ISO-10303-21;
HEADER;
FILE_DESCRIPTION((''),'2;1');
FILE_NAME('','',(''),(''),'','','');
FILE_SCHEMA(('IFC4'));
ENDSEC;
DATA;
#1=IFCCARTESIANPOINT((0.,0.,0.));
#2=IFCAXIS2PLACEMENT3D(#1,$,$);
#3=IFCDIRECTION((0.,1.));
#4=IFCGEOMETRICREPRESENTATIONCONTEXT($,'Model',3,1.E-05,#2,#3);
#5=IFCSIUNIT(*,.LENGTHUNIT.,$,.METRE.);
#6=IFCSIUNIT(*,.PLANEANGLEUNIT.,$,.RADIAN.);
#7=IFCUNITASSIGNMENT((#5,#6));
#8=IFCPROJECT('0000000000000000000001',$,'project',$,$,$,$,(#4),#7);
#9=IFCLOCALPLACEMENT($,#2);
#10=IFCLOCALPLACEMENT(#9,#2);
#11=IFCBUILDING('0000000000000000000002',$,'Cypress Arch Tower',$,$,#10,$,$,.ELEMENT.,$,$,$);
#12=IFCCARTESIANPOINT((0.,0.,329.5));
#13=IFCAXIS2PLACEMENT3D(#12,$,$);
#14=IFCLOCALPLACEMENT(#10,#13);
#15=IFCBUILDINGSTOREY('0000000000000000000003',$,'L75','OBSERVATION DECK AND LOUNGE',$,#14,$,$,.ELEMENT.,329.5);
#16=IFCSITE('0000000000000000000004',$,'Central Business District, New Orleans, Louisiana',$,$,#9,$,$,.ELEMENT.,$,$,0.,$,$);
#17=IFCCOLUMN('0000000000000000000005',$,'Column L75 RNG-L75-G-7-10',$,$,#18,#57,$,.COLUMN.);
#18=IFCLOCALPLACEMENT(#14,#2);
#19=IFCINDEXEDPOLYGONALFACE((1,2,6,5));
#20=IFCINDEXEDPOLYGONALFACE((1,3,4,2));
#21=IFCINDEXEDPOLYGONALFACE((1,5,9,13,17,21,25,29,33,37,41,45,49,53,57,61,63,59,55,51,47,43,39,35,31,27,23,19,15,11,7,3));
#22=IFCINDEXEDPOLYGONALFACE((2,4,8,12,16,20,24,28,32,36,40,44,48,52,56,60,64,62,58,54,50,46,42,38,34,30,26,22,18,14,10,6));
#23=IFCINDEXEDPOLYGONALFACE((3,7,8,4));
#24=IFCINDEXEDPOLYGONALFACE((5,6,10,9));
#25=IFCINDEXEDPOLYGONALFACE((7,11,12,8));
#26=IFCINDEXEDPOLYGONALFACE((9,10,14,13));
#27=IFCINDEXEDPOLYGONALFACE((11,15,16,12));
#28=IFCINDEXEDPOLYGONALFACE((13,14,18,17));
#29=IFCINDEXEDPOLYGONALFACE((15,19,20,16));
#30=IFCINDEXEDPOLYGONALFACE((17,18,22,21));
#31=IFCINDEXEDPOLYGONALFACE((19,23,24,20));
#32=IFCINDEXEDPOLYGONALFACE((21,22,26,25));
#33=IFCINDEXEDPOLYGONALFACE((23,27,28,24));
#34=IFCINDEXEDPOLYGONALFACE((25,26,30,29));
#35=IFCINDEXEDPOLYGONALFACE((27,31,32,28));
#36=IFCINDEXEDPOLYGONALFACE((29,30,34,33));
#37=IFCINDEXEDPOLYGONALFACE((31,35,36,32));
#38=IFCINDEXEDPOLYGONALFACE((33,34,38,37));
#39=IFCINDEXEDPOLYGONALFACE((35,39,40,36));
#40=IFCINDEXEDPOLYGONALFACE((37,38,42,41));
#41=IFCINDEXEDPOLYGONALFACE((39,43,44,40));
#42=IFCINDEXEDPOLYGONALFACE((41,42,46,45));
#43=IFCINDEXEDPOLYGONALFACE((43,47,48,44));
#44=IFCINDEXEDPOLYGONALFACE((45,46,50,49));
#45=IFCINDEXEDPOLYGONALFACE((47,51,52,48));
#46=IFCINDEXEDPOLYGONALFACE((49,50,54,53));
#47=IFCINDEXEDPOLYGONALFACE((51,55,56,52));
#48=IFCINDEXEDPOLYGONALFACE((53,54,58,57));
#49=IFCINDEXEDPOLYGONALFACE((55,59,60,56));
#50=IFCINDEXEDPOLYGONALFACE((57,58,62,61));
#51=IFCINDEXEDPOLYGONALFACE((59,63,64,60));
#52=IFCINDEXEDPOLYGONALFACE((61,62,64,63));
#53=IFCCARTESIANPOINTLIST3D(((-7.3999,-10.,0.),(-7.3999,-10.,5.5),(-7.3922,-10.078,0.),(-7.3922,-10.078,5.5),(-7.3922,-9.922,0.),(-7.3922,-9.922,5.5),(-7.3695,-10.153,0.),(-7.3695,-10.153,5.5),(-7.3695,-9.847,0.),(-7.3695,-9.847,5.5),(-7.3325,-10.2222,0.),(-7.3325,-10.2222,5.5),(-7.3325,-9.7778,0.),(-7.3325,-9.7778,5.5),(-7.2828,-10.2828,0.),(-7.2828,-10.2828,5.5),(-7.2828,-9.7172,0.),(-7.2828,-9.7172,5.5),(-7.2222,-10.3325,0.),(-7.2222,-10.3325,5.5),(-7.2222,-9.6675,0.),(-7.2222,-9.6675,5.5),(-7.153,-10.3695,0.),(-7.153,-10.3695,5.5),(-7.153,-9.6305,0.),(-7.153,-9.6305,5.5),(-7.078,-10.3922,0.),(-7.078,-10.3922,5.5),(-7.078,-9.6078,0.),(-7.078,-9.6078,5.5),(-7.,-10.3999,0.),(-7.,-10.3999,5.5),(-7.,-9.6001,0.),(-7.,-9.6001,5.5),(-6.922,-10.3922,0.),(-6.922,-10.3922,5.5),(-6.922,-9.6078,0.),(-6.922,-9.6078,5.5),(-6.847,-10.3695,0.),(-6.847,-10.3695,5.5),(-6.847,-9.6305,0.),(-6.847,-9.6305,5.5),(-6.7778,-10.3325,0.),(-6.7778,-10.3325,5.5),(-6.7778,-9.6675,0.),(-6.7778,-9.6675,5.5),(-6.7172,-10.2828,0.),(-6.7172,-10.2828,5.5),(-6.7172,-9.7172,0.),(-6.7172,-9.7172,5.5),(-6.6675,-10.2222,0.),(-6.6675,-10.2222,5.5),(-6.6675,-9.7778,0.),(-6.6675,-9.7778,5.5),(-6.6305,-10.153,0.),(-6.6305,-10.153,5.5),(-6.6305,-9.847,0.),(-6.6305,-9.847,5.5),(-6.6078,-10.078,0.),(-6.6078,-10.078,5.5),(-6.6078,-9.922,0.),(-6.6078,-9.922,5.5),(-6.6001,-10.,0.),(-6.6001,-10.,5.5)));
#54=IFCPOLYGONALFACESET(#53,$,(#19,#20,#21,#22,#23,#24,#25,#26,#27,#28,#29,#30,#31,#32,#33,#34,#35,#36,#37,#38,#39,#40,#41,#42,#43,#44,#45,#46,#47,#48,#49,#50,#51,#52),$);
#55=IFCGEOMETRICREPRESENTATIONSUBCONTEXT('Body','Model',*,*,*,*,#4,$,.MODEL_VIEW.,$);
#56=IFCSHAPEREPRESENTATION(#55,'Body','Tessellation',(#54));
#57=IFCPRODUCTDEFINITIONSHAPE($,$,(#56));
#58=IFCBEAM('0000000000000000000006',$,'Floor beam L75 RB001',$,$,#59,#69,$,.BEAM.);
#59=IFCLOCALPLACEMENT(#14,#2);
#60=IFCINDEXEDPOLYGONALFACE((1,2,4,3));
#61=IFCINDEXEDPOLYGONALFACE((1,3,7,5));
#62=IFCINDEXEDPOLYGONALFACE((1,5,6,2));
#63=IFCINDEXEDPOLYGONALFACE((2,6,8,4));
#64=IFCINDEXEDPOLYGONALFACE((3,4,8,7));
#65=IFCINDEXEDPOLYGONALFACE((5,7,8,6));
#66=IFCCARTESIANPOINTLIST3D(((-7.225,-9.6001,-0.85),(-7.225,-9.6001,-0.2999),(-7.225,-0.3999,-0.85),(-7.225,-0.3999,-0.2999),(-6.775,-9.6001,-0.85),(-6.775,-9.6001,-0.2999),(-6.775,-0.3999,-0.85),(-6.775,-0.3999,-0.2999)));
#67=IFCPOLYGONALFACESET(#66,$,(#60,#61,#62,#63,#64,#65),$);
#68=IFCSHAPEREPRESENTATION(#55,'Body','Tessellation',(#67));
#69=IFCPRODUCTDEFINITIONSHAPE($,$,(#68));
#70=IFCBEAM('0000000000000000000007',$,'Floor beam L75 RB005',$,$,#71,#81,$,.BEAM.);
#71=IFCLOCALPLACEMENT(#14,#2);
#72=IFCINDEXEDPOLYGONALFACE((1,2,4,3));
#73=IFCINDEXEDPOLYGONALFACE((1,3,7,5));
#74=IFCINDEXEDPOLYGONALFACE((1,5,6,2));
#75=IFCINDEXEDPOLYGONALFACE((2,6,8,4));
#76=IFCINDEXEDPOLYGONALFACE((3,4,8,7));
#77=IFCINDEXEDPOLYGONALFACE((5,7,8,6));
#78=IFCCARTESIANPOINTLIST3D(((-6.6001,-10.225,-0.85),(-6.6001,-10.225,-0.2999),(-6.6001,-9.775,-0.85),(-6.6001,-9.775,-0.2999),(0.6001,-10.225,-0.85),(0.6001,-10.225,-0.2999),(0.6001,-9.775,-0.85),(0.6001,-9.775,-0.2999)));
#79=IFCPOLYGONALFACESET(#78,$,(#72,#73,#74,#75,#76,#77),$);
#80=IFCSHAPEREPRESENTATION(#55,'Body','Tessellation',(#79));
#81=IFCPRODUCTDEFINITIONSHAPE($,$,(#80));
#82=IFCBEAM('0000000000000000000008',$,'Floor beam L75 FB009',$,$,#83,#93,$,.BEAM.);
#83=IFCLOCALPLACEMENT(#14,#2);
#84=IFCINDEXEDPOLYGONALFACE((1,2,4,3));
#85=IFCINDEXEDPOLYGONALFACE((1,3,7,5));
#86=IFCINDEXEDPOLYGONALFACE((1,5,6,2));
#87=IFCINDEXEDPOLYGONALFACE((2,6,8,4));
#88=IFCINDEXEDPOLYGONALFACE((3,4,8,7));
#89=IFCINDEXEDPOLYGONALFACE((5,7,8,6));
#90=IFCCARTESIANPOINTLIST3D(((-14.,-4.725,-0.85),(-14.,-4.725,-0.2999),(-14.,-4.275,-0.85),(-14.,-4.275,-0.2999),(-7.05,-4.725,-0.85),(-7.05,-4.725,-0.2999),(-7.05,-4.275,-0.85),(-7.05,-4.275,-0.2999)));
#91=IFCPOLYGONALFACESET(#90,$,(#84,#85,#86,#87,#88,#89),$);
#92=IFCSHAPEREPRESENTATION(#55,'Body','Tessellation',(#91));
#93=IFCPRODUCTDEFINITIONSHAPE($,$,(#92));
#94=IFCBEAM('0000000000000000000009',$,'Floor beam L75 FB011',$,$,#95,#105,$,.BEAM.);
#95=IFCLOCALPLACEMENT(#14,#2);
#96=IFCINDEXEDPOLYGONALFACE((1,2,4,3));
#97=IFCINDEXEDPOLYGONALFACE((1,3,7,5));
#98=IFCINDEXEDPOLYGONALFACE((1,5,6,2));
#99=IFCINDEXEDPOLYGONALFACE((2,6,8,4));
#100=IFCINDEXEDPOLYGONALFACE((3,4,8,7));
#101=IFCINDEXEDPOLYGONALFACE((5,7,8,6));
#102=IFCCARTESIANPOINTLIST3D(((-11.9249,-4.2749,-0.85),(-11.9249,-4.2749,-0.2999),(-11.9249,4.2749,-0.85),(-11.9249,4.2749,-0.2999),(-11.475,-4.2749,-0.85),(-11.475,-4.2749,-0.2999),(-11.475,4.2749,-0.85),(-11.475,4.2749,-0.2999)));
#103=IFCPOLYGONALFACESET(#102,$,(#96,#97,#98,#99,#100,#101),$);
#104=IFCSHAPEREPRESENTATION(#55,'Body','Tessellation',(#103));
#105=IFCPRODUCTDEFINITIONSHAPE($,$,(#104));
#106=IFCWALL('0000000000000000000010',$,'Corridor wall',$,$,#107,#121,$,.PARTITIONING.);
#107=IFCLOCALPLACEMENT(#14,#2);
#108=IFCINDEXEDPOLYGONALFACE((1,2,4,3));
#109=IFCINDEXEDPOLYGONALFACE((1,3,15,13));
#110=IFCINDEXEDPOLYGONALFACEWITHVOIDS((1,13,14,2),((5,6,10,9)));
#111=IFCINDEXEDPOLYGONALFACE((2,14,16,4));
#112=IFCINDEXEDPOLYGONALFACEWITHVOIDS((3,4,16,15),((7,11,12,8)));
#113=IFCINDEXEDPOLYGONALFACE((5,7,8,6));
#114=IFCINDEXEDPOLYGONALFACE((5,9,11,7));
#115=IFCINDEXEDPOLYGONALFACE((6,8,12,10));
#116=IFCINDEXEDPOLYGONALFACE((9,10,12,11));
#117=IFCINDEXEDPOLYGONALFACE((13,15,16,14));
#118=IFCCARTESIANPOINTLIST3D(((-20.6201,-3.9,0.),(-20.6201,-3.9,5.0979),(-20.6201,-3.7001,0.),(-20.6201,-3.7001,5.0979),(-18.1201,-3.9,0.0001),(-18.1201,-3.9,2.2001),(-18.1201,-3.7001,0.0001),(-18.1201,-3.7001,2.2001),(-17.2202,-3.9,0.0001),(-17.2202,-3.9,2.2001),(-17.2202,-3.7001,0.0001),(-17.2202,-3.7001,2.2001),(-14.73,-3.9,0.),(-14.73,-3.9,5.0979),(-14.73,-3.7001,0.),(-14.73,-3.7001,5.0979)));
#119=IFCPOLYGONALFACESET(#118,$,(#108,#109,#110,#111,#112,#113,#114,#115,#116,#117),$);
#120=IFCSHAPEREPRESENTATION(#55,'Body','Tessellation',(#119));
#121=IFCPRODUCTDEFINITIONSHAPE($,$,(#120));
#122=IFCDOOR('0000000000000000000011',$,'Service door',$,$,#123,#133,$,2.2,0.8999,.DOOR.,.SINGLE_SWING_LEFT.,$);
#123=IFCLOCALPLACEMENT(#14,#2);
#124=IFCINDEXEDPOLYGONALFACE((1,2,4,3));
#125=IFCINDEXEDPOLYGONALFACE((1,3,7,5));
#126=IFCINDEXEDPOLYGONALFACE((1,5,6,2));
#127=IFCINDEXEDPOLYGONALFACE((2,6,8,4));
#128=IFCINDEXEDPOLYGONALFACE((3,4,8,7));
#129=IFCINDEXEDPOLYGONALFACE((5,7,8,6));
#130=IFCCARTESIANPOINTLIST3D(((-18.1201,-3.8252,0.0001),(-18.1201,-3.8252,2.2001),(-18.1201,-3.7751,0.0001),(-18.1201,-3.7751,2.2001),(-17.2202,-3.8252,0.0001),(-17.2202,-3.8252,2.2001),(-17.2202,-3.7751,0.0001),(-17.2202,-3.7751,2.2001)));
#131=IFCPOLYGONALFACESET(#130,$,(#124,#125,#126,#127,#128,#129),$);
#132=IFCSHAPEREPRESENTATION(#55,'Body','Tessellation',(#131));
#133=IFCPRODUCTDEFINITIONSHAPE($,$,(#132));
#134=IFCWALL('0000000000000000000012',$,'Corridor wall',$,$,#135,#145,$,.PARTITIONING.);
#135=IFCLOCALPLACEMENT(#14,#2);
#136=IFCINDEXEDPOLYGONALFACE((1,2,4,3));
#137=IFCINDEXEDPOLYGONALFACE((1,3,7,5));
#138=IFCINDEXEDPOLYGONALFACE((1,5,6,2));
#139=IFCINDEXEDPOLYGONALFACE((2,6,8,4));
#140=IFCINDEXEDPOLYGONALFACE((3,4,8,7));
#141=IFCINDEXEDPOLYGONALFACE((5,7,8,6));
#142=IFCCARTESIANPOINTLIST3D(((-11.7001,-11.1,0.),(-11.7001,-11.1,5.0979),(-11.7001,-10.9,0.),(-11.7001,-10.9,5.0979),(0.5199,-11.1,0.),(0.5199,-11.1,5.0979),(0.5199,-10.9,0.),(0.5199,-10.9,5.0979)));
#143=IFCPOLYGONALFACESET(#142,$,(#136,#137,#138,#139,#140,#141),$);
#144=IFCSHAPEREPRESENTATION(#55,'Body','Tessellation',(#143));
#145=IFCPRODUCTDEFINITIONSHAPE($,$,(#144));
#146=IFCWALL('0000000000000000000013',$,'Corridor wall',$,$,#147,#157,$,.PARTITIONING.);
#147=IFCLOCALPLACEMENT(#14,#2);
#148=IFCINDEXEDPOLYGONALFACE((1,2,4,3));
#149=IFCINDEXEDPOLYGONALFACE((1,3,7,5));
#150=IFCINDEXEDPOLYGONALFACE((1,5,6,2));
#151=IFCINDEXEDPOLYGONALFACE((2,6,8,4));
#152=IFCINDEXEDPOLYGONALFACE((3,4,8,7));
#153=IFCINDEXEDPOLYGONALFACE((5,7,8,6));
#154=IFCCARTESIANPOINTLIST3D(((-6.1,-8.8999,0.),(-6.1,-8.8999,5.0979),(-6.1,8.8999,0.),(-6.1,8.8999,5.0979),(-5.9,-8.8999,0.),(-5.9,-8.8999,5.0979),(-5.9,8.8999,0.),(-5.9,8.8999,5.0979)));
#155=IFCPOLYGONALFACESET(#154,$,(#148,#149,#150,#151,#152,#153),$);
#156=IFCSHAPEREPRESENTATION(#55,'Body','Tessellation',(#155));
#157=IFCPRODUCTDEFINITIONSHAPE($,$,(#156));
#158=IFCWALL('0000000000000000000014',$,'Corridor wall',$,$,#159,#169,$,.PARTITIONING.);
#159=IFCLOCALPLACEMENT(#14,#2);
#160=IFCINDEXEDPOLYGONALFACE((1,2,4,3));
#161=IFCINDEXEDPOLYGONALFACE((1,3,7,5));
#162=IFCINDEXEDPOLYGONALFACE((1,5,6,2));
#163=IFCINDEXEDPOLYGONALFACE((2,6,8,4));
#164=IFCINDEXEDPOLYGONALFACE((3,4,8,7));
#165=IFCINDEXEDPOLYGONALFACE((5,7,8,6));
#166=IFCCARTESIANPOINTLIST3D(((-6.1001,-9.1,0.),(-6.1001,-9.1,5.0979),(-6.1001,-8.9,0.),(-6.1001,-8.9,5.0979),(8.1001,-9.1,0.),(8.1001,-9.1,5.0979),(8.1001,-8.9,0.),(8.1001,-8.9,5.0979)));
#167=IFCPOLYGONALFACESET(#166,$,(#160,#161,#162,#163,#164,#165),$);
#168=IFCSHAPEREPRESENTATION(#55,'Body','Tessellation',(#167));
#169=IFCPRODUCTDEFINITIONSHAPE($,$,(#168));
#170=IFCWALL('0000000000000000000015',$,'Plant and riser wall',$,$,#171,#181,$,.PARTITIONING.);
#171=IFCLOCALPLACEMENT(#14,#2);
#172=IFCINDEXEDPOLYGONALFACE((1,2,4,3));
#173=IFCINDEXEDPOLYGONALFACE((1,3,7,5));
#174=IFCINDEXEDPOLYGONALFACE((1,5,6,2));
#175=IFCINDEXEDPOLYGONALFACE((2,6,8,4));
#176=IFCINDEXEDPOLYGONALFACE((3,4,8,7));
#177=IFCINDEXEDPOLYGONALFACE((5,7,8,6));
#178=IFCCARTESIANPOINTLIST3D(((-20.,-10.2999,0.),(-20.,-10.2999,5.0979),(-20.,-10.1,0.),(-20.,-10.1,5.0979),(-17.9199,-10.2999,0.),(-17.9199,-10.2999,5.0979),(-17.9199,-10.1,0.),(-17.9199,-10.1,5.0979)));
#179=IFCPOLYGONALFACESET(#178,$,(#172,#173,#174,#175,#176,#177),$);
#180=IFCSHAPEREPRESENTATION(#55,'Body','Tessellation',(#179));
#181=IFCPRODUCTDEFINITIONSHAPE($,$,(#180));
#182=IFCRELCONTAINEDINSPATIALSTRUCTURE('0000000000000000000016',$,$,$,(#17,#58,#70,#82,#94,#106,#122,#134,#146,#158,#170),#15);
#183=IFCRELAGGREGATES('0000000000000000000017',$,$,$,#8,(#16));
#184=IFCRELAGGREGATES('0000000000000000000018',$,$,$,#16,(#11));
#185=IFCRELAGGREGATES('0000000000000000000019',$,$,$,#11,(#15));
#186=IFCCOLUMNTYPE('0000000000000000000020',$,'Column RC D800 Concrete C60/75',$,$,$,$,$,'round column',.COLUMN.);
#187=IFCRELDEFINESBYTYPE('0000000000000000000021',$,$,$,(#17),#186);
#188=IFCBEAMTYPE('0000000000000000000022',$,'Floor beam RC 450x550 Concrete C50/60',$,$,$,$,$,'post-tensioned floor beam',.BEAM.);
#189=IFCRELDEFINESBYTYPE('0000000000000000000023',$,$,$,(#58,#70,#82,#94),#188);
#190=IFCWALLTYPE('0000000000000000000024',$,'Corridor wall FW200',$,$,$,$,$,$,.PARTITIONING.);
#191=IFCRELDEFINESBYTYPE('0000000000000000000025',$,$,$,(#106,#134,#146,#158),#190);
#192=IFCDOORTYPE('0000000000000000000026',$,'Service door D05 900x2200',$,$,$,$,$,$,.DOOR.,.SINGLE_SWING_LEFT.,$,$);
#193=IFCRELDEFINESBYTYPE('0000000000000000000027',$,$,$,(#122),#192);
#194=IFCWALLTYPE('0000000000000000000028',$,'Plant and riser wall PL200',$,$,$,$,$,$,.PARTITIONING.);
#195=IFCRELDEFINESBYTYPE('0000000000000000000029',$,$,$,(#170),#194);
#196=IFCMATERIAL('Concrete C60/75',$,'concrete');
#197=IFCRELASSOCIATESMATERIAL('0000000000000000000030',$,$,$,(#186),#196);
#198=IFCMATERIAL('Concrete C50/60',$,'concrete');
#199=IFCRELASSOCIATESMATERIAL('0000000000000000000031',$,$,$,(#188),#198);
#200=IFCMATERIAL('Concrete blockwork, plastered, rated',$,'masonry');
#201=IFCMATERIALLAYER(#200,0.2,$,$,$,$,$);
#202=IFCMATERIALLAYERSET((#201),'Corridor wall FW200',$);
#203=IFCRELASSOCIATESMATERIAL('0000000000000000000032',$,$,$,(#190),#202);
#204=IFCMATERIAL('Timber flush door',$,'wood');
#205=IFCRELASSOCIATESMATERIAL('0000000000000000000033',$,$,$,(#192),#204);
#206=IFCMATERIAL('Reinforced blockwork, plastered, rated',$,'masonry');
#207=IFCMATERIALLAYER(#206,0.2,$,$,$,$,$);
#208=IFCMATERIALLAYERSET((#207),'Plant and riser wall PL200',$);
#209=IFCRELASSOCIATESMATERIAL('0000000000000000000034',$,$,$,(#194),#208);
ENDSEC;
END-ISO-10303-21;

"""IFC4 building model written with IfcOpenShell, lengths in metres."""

from ifc_helpers import new_model, si_unit, direction, frame, frame_2d, origin, origin_2d, place, context, subcontext, project, spatial, rectangle, circle, extrude, material, layer, layer_set, material_profile, profile_set, type_object, element, fill, save


model = new_model("IFC4")

# Units and contexts
model_context = context("Model", 3, precision=1e-05, world=origin(), true_north=direction((0.0, 1.0)))
body_context = subcontext(model_context, "Body", "Model", "MODEL_VIEW")
ifc_project = project(units=[si_unit("LENGTHUNIT", "METRE"), si_unit("PLANEANGLEUNIT", "RADIAN")], contexts=[model_context])

# Site, building, storey
site_placement = place(None, origin())
site = spatial("IfcSite", under=ifc_project, at=site_placement, Name="Central Business District, New Orleans, Louisiana", CompositionType="ELEMENT", RefElevation=0.0)
building_placement = place(site_placement, origin())
building = spatial("IfcBuilding", under=site, at=building_placement, Name="Cypress Arch Tower", CompositionType="ELEMENT")
storey_placement = place(building_placement, frame((0.0, 0.0, 329.5)))
storey = spatial("IfcBuildingStorey", under=building, at=storey_placement, Name="L75", Description="OBSERVATION DECK AND LOUNGE", CompositionType="ELEMENT", Elevation=329.5)

# Column
ifc_material_1 = material(Name="Concrete C60/75", Category="concrete")
ifc_material_profile_1 = material_profile(ifc_material_1, circle(Radius=0.3999, at=origin_2d()), Name="RC D800")
ifc_profile_set_1 = profile_set([ifc_material_profile_1], Name="Concrete C60/75")
column_type = type_object("IfcColumnType", Name="Column RC D800 Concrete C60/75", ElementType="round column", PredefinedType="COLUMN", material=ifc_profile_set_1)
column_placement = place(storey_placement, frame((-7.0, -10.0, 0.0), z_axis=(0.0, 0.0, 1.0), x_axis=(1.0, 0.0, 0.0)))
element("IfcColumn", 1, at=column_placement, inside=storey, type_object=column_type, Name="Column L75 RNG-L75-G-7-10", PredefinedType="COLUMN", context=body_context, shape_type="SweptSolid", body=[
    extrude(circle(Radius=0.3999, at=origin_2d()), origin(), (0.0, 0.0, 1.0), 5.5),
])

# Beams
ifc_material_2 = material(Name="Concrete C50/60", Category="concrete")
ifc_material_profile_2 = material_profile(ifc_material_2, rectangle(XDim=0.45, YDim=0.55, at=origin_2d()), Name="RC 450x550")
ifc_profile_set_2 = profile_set([ifc_material_profile_2], Name="Concrete C50/60")
beam_type = type_object("IfcBeamType", Name="Floor beam RC 450x550 Concrete C50/60", ElementType="post-tensioned floor beam", PredefinedType="BEAM", material=ifc_profile_set_2)
beam_1_placement = place(storey_placement, frame((-7.0, -9.6001, -0.575), z_axis=(0.0, 1.0, 0.0), x_axis=(-1.0, 0.0, 0.0)))
element("IfcBeam", 2, at=beam_1_placement, inside=storey, type_object=beam_type, Name="Floor beam L75 RB001", PredefinedType="BEAM", context=body_context, shape_type="SweptSolid", body=[
    extrude(rectangle(XDim=0.45, YDim=0.55, at=origin_2d()), origin(), (0.0, 0.0, 1.0), 9.2002),
])
beam_2_placement = place(storey_placement, frame((-6.6001, -10.0, -0.575), z_axis=(1.0, 0.0, 0.0), x_axis=(0.0, 1.0, 0.0)))
element("IfcBeam", 3, at=beam_2_placement, inside=storey, type_object=beam_type, Name="Floor beam L75 RB005", PredefinedType="BEAM", context=body_context, shape_type="SweptSolid", body=[
    extrude(rectangle(XDim=0.45, YDim=0.55, at=origin_2d()), origin(), (0.0, 0.0, 1.0), 7.2002),
])
beam_3_placement = place(storey_placement, frame((-14.0, -4.5, -0.575), z_axis=(1.0, 0.0, 0.0), x_axis=(0.0, 1.0, 0.0)))
element("IfcBeam", 4, at=beam_3_placement, inside=storey, type_object=beam_type, Name="Floor beam L75 FB009", PredefinedType="BEAM", context=body_context, shape_type="SweptSolid", body=[
    extrude(rectangle(XDim=0.45, YDim=0.55, at=origin_2d()), origin(), (0.0, 0.0, 1.0), 6.95),
])
beam_4_placement = place(storey_placement, frame((-11.7, -4.2749, -0.575), z_axis=(0.0, 1.0, 0.0), x_axis=(-1.0, 0.0, 0.0)))
element("IfcBeam", 5, at=beam_4_placement, inside=storey, type_object=beam_type, Name="Floor beam L75 FB011", PredefinedType="BEAM", context=body_context, shape_type="SweptSolid", body=[
    extrude(rectangle(XDim=0.45, YDim=0.55, at=origin_2d()), origin(), (0.0, 0.0, 1.0), 8.5498),
])

# Wall, opening, door
ifc_material_3 = material(Name="Concrete blockwork, plastered, rated", Category="masonry")
ifc_layer_1 = layer(ifc_material_3, 0.2)
ifc_layer_set_1 = layer_set([ifc_layer_1], Name="Corridor wall FW200")
wall_type_1 = type_object("IfcWallType", Name="Corridor wall FW200", PredefinedType="PARTITIONING", material=ifc_layer_set_1)
wall_1_placement = place(storey_placement, frame((-20.6201, -3.8, 0.0), z_axis=(0.0, 0.0, 1.0), x_axis=(1.0, 0.0, 0.0)))
wall_1 = element("IfcWall", 6, at=wall_1_placement, inside=storey, type_object=wall_type_1, Name="Corridor wall", PredefinedType="PARTITIONING", context=body_context, shape_type="SweptSolid", body=[
    extrude(rectangle(XDim=5.8901, YDim=0.2, at=frame_2d((2.9451, 0.0))), origin(), (0.0, 0.0, 1.0), 5.0979),
])
opening_1_placement = place(wall_1_placement, frame((2.5, 0.0, 0.0)))
opening_1 = element("IfcOpeningElement", 7, at=opening_1_placement, cuts=wall_1, PredefinedType="OPENING", context=body_context, shape_type="SweptSolid", body=[
    extrude(rectangle(XDim=0.8999, YDim=2.2, at=frame_2d((0.45, 1.1001))), frame((0.0, 0.1099, 0.0), z_axis=(0.0, -1.0, 0.0), x_axis=(1.0, 0.0, 0.0)), (0.0, 0.0, 1.0), 0.22),
])
ifc_material_4 = material(Name="Timber flush door", Category="wood")
door_type_1 = type_object("IfcDoorType", Name="Service door D05 900x2200", OperationType="SINGLE_SWING_LEFT", PredefinedType="DOOR", material=ifc_material_4)
door_1_placement = place(opening_1_placement, origin())
door_1 = element("IfcDoor", 8, at=door_1_placement, inside=storey, type_object=door_type_1, Name="Service door", OperationType="SINGLE_SWING_LEFT", OverallHeight=2.2, OverallWidth=0.8999, PredefinedType="DOOR", context=body_context, shape_type="SweptSolid", body=[
    extrude(rectangle(XDim=0.8999, YDim=2.2, at=frame_2d((0.45, 1.1001))), frame((0.0, 0.0249, 0.0), z_axis=(0.0, -1.0, 0.0), x_axis=(1.0, 0.0, 0.0)), (0.0, 0.0, 1.0), 0.05),
])
fill(opening_1, door_1)

# Walls
wall_2_placement = place(storey_placement, frame((-11.7, -11.0, 0.0), z_axis=(0.0, 0.0, 1.0), x_axis=(1.0, 0.0, 0.0)))
element("IfcWall", 9, at=wall_2_placement, inside=storey, type_object=wall_type_1, Name="Corridor wall", PredefinedType="PARTITIONING", context=body_context, shape_type="SweptSolid", body=[
    extrude(rectangle(XDim=12.22, YDim=0.2, at=frame_2d((6.1099, 0.0))), origin(), (0.0, 0.0, 1.0), 5.0979),
])
wall_3_placement = place(storey_placement, frame((-6.0, -8.8999, 0.0), z_axis=(0.0, 0.0, 1.0), x_axis=(0.0, 1.0, 0.0)))
element("IfcWall", 10, at=wall_3_placement, inside=storey, type_object=wall_type_1, Name="Corridor wall", PredefinedType="PARTITIONING", context=body_context, shape_type="SweptSolid", body=[
    extrude(rectangle(XDim=17.7998, YDim=0.2, at=frame_2d((8.8999, 0.0))), origin(), (0.0, 0.0, 1.0), 5.0979),
])
wall_4_placement = place(storey_placement, frame((-6.1001, -9.0, 0.0), z_axis=(0.0, 0.0, 1.0), x_axis=(1.0, 0.0, 0.0)))
element("IfcWall", 11, at=wall_4_placement, inside=storey, type_object=wall_type_1, Name="Corridor wall", PredefinedType="PARTITIONING", context=body_context, shape_type="SweptSolid", body=[
    extrude(rectangle(XDim=14.2002, YDim=0.2, at=frame_2d((7.1001, 0.0))), origin(), (0.0, 0.0, 1.0), 5.0979),
])
ifc_material_5 = material(Name="Reinforced blockwork, plastered, rated", Category="masonry")
ifc_layer_2 = layer(ifc_material_5, 0.2)
ifc_layer_set_2 = layer_set([ifc_layer_2], Name="Plant and riser wall PL200")
wall_type_2 = type_object("IfcWallType", Name="Plant and riser wall PL200", PredefinedType="PARTITIONING", material=ifc_layer_set_2)
wall_5_placement = place(storey_placement, frame((-20.0, -10.2, 0.0), z_axis=(0.0, 0.0, 1.0), x_axis=(1.0, 0.0, 0.0)))
element("IfcWall", 12, at=wall_5_placement, inside=storey, type_object=wall_type_2, Name="Plant and riser wall", PredefinedType="PARTITIONING", context=body_context, shape_type="SweptSolid", body=[
    extrude(rectangle(XDim=2.0801, YDim=0.2, at=frame_2d((1.04, 0.0))), origin(), (0.0, 0.0, 1.0), 5.0979),
])

save(model, "model.ifc")
